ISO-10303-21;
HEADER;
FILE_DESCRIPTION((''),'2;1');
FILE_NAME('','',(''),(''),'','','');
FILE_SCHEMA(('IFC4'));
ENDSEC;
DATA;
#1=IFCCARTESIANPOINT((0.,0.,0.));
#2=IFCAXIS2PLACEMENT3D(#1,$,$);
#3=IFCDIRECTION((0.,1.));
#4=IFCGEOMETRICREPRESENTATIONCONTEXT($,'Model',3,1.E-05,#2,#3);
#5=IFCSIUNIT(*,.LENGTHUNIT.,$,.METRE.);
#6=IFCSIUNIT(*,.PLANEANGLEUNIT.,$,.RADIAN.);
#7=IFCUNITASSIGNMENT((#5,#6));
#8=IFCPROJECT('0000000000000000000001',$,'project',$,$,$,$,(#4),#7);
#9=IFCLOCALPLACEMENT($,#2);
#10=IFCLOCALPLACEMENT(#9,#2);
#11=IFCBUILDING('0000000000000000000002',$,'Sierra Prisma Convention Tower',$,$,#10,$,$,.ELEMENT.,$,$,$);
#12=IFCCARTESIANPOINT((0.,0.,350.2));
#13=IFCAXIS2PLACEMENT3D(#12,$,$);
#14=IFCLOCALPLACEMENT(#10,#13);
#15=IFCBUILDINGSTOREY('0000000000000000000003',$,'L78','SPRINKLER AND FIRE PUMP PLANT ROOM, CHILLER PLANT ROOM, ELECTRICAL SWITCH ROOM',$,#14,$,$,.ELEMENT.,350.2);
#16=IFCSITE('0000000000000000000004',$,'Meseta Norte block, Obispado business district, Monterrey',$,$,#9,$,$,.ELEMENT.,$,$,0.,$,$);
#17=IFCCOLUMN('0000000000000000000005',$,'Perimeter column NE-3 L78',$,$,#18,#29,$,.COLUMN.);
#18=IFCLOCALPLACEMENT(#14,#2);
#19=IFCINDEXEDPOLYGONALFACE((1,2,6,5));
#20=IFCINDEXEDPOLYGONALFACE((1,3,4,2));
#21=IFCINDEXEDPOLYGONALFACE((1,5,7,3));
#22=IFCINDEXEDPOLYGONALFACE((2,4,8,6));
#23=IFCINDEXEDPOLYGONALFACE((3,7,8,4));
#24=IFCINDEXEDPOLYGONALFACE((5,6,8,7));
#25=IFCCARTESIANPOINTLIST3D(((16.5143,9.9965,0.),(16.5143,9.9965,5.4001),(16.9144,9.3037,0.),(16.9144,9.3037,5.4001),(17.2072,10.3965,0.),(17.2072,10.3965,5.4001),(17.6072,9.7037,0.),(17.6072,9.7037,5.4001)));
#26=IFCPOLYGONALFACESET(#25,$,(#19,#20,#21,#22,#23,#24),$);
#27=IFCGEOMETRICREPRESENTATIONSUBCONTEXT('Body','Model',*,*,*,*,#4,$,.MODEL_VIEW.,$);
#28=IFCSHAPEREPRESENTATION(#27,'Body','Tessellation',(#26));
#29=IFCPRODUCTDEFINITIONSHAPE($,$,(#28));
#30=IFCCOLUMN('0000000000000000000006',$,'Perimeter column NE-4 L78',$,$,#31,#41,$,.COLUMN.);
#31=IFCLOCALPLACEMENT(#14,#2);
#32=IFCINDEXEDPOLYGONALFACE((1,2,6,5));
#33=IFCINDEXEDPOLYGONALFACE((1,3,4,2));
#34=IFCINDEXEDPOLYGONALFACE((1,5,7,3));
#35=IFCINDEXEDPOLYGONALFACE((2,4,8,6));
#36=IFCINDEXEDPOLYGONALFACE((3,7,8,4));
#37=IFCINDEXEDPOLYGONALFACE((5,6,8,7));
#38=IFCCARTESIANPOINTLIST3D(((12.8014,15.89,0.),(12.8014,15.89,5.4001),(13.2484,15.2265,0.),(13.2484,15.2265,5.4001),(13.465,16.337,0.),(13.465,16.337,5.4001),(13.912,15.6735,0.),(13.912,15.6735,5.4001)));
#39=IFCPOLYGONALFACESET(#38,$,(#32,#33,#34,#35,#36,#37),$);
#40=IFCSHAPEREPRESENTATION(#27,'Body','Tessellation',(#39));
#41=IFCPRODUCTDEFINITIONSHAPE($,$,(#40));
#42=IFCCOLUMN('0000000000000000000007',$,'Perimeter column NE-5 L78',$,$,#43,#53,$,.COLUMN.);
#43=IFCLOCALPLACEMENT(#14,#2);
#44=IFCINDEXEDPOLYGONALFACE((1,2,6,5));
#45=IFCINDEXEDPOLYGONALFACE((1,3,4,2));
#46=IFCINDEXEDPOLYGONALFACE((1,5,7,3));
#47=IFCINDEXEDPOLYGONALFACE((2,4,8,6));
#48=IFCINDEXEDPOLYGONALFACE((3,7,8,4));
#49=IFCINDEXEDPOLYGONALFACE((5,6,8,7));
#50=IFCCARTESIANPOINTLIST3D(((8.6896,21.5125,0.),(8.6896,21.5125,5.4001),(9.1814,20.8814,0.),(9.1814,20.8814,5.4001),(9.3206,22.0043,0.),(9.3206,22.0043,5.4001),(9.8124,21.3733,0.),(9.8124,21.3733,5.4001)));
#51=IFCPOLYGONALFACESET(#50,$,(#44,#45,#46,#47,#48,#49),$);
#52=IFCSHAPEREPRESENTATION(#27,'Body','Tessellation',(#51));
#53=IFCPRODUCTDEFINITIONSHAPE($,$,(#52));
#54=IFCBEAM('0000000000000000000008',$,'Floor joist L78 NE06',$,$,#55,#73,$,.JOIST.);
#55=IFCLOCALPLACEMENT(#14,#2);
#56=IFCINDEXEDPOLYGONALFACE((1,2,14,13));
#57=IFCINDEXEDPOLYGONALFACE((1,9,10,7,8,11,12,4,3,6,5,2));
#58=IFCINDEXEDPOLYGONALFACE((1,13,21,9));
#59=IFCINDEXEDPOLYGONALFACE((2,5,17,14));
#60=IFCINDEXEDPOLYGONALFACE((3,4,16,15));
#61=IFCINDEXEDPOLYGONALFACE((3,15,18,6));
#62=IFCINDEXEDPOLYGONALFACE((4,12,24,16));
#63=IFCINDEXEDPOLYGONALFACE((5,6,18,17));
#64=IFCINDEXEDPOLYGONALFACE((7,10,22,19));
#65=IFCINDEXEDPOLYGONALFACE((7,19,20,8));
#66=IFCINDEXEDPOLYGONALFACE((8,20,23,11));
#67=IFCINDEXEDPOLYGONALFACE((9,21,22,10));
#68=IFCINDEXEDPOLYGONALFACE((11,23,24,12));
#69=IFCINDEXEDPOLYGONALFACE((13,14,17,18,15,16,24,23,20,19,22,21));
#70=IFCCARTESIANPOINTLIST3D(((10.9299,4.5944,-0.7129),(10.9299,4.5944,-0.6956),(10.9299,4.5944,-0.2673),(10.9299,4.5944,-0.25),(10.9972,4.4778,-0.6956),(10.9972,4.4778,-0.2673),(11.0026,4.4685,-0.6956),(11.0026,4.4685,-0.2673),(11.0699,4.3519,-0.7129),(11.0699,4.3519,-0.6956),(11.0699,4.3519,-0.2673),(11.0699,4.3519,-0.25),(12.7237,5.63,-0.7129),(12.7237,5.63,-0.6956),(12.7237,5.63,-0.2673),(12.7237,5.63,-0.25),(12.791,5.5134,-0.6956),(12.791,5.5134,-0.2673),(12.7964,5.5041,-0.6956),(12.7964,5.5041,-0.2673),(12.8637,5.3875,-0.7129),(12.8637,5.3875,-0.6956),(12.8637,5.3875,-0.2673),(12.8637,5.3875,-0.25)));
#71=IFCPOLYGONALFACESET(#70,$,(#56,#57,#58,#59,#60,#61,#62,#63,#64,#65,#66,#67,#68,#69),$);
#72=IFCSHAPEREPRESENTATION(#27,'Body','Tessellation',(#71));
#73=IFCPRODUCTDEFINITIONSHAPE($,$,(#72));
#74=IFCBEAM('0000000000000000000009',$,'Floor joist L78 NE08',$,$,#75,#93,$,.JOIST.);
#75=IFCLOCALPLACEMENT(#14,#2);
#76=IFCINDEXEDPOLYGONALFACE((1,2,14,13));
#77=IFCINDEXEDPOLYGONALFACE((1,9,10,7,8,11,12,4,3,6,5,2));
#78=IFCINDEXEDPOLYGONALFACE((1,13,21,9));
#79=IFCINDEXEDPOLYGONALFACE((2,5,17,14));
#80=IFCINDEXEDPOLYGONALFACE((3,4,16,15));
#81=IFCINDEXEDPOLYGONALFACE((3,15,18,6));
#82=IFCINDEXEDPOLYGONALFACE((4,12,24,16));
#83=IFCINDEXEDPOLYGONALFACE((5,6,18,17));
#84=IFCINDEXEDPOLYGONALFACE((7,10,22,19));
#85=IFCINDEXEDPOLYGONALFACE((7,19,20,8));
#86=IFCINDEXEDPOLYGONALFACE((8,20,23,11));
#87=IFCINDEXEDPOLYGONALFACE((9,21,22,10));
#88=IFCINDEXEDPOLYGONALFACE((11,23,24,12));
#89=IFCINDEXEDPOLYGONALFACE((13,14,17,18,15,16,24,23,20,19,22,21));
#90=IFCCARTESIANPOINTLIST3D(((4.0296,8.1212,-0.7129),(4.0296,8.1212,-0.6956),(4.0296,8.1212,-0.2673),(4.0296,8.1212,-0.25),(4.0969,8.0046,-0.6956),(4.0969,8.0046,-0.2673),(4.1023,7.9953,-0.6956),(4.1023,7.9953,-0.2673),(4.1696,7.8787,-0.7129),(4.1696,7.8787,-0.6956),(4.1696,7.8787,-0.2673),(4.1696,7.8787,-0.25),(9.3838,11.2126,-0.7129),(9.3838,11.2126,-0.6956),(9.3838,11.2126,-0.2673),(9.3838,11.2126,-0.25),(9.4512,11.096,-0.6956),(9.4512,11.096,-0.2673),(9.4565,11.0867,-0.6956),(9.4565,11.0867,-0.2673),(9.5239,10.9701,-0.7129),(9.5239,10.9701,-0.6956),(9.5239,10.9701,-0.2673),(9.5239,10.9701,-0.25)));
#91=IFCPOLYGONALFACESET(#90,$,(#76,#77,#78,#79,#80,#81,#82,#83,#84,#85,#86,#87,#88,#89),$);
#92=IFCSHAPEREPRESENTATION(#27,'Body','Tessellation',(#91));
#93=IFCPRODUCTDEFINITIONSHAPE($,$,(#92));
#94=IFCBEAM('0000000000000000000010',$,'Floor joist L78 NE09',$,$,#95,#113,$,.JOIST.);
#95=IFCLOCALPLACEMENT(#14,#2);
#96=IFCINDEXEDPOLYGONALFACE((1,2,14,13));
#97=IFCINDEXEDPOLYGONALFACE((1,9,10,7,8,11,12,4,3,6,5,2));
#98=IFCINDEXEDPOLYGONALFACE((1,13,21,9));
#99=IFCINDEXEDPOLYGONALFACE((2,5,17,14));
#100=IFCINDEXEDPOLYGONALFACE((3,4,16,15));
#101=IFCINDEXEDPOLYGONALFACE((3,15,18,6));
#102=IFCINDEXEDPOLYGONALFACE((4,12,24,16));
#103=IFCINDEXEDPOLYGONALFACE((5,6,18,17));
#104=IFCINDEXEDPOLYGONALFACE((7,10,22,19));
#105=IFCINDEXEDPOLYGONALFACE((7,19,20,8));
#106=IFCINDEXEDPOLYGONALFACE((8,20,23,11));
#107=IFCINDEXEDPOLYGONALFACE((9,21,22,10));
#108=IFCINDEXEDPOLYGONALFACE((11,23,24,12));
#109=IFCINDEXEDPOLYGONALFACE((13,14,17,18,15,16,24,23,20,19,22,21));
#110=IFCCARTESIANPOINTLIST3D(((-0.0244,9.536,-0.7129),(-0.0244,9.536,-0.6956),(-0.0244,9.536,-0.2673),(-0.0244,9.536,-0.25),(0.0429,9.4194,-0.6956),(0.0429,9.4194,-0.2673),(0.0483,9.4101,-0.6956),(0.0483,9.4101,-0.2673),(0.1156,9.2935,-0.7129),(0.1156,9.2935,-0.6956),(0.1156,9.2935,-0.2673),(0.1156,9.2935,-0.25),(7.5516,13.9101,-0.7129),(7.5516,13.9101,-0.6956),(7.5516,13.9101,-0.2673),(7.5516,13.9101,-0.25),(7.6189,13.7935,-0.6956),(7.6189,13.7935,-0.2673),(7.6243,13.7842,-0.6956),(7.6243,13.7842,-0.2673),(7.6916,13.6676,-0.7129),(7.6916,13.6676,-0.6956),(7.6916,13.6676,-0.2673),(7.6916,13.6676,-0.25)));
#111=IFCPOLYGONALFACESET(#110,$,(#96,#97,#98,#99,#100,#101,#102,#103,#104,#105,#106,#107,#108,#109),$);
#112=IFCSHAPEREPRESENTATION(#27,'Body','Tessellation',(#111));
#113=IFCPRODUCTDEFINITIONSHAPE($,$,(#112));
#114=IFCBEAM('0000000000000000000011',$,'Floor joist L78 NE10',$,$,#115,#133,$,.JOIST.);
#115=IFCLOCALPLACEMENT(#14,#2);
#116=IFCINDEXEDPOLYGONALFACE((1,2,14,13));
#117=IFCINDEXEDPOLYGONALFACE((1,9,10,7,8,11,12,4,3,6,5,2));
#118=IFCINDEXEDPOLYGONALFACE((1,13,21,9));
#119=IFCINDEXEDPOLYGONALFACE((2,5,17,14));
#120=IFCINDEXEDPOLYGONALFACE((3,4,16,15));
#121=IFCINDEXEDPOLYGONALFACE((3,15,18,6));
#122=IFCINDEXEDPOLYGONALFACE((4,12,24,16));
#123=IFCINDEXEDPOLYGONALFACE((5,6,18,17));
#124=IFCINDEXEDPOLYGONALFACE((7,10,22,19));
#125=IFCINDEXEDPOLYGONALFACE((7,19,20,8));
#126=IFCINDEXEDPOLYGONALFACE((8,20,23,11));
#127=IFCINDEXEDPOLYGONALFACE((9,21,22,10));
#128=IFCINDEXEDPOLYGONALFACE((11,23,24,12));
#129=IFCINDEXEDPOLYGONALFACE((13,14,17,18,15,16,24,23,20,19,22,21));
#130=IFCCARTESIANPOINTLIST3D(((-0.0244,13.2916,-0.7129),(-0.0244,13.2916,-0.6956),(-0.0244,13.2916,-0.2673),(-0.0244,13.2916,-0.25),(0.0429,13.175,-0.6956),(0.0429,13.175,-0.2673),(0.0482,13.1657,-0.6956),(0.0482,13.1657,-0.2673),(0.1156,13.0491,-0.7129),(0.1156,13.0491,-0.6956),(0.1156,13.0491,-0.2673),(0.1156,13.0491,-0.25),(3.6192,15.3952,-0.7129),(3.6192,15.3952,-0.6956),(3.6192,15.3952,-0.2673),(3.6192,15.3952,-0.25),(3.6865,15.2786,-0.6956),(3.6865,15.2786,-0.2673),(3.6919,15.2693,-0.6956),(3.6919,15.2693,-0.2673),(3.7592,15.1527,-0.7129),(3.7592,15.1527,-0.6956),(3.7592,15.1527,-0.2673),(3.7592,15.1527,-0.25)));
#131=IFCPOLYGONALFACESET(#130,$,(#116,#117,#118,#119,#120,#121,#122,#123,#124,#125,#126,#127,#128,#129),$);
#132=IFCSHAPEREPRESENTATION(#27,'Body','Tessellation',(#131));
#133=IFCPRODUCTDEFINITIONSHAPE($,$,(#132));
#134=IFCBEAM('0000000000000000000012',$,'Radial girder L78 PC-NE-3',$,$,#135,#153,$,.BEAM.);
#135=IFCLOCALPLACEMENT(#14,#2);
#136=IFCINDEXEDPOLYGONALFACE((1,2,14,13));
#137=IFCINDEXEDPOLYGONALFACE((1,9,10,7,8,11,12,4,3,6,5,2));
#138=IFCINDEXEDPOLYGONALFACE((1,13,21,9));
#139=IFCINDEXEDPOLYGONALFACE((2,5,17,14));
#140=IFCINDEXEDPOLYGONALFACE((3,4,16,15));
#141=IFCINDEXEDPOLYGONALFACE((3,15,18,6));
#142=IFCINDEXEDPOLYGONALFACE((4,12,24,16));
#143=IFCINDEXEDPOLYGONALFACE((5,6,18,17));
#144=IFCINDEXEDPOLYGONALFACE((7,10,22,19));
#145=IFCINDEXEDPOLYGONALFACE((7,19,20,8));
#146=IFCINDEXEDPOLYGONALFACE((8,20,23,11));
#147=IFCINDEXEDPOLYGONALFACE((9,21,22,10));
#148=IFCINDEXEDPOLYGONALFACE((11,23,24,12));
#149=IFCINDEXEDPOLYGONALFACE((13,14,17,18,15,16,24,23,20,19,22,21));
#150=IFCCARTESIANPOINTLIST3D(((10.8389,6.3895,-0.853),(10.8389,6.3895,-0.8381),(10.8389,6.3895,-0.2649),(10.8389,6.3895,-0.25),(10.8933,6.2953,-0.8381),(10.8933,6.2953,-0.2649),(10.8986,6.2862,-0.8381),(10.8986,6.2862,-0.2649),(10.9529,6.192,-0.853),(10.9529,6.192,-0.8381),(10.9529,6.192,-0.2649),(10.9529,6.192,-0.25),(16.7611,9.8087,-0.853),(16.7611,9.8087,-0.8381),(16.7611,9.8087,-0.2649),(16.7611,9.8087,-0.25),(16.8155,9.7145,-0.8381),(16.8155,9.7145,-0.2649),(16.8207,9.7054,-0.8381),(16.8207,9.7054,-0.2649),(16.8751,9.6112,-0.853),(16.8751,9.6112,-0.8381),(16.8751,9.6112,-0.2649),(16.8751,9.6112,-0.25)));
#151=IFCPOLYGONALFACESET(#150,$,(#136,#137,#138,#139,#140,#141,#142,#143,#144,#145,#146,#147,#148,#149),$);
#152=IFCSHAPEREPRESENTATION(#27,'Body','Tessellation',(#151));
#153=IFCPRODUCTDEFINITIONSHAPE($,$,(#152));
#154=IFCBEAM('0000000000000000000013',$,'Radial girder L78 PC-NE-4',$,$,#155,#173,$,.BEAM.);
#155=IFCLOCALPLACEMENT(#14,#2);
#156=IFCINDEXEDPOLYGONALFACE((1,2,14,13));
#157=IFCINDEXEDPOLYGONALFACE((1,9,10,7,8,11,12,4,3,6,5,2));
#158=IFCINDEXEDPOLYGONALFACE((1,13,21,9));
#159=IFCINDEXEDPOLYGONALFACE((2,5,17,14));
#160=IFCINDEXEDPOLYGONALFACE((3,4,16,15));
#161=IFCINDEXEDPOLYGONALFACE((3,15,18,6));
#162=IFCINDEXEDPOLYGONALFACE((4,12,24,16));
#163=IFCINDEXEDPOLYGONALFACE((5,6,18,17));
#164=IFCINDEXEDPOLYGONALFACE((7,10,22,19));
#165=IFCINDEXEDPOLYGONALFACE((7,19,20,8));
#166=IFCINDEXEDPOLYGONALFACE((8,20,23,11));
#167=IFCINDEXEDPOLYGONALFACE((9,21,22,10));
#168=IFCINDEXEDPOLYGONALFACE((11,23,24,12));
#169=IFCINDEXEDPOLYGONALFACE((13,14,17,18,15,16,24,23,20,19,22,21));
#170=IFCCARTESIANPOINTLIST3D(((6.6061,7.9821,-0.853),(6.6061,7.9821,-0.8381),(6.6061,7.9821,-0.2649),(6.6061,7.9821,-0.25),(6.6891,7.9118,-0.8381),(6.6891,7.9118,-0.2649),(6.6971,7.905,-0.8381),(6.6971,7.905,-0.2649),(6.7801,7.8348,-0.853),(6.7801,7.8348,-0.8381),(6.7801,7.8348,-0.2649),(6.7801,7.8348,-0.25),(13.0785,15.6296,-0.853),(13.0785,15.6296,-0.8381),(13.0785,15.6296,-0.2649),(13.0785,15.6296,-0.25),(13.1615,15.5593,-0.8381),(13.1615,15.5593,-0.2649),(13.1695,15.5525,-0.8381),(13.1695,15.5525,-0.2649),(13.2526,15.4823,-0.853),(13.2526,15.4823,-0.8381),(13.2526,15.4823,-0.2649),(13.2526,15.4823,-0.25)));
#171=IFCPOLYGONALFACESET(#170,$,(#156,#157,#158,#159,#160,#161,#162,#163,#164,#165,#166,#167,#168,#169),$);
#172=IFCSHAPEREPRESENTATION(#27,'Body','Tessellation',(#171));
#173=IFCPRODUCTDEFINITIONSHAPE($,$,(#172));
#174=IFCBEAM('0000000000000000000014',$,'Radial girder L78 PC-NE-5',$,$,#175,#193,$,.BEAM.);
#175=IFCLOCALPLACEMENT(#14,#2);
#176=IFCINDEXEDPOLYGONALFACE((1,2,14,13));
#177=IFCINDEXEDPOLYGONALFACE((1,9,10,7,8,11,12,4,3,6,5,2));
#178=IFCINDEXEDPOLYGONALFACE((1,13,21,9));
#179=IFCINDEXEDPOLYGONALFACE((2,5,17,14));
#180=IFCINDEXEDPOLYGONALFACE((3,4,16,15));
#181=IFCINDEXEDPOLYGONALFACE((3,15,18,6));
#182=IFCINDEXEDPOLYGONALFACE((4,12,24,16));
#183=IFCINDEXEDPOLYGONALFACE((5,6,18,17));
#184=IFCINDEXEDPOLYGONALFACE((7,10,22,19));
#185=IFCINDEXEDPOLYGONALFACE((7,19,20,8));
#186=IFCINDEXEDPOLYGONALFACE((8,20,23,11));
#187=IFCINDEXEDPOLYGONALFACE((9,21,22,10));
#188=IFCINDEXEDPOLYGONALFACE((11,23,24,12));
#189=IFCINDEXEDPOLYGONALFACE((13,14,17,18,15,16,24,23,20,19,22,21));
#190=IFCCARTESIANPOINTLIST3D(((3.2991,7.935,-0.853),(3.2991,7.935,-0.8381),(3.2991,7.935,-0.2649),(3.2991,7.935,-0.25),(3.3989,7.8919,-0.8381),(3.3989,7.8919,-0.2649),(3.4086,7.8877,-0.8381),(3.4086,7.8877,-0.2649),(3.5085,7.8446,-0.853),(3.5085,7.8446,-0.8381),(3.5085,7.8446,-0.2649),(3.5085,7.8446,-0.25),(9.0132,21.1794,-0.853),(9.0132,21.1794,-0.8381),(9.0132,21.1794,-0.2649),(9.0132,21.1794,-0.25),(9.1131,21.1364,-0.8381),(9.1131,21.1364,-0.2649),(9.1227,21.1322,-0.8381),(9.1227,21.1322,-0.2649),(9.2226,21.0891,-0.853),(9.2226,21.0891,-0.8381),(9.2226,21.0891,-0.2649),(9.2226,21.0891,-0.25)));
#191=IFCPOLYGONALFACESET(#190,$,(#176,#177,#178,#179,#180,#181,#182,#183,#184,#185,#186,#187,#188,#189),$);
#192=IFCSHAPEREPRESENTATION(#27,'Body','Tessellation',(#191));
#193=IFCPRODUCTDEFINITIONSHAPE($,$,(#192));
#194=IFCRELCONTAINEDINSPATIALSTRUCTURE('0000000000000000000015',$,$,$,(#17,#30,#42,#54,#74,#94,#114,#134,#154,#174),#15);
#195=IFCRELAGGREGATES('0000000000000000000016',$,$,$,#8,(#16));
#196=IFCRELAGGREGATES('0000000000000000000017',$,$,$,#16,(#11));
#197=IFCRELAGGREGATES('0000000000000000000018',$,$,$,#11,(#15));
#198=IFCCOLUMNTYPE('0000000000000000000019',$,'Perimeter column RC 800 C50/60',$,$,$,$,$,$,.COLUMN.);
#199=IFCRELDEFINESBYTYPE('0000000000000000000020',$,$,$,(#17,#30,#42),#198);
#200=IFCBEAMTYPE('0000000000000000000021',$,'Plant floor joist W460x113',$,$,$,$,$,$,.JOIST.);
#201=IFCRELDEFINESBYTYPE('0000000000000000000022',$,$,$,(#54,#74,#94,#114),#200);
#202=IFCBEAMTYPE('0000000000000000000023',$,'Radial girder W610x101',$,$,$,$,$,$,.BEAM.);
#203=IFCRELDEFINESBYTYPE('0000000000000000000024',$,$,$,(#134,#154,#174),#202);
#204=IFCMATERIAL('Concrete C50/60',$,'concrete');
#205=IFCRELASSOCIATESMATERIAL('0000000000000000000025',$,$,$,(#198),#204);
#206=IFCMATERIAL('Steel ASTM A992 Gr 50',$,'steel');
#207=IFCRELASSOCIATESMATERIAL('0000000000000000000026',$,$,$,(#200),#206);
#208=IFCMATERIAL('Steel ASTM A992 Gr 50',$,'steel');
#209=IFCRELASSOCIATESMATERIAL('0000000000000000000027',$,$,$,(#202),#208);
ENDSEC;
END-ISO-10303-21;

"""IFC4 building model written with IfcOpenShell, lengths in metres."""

from ifc_helpers import new_model, si_unit, direction, frame, origin, origin_2d, place, context, subcontext, project, spatial, rectangle, i_section, extrude, material, material_profile, profile_set, type_object, element, save


model = new_model("IFC4")

# Units and contexts
model_context = context("Model", 3, precision=1e-05, world=origin(), true_north=direction((0.0, 1.0)))
body_context = subcontext(model_context, "Body", "Model", "MODEL_VIEW")
ifc_project = project(units=[si_unit("LENGTHUNIT", "METRE"), si_unit("PLANEANGLEUNIT", "RADIAN")], contexts=[model_context])

# Site, building, storey
site_placement = place(None, origin())
site = spatial("IfcSite", under=ifc_project, at=site_placement, Name="Meseta Norte block, Obispado business district, Monterrey", CompositionType="ELEMENT", RefElevation=0.0)
building_placement = place(site_placement, origin())
building = spatial("IfcBuilding", under=site, at=building_placement, Name="Sierra Prisma Convention Tower", CompositionType="ELEMENT")
storey_placement = place(building_placement, frame((0.0, 0.0, 350.2)))
storey = spatial("IfcBuildingStorey", under=building, at=storey_placement, Name="L78", Description="SPRINKLER AND FIRE PUMP PLANT ROOM, CHILLER PLANT ROOM, ELECTRICAL SWITCH ROOM", CompositionType="ELEMENT", Elevation=350.2)

# Columns
ifc_material_1 = material(Name="Concrete C50/60", Category="concrete")
ifc_material_profile_1 = material_profile(ifc_material_1, rectangle(XDim=0.8, YDim=0.8, at=origin_2d()), Name="Perimeter column RC 800 C50/60")
ifc_profile_set_1 = profile_set([ifc_material_profile_1], Name="Concrete C50/60")
column_type = type_object("IfcColumnType", Name="Perimeter column RC 800 C50/60", PredefinedType="COLUMN", material=ifc_profile_set_1)
for number, where, z_axis, x_axis, name in (
    (1, (17.0608, 9.8501, 0.0), (0.0, 0.0, 1.0), (-0.5, 0.866025, 0.0), "Perimeter column NE-3 L78"),
    (2, (13.3567, 15.7817, 0.0), (0.0, 0.0, 1.0), (-0.55871, 0.829363, 0.0), "Perimeter column NE-4 L78"),
    (3, (9.251, 21.4429, 0.0), (0.0, 0.0, 1.0), (-0.614744, 0.788727, 0.0), "Perimeter column NE-5 L78"),
):
    element("IfcColumn", number, at=place(storey_placement, frame(where, z_axis=z_axis, x_axis=x_axis)), inside=storey, type_object=column_type, Name=name, PredefinedType="COLUMN", context=body_context, shape_type="SweptSolid", body=[
        extrude(rectangle(XDim=0.8, YDim=0.8, at=origin_2d()), origin(), (0.0, 0.0, 1.0), 5.4001),
    ])

# Beams
ifc_material_2 = material(Name="Steel ASTM A992 Gr 50", Category="steel")
ifc_material_profile_2 = material_profile(ifc_material_2, i_section(OverallWidth=0.28, OverallDepth=0.4629, WebThickness=0.0107, FlangeThickness=0.0173, at=origin_2d()), Name="W460x113")
ifc_profile_set_2 = profile_set([ifc_material_profile_2], Name="Steel ASTM A992 Gr 50")
beam_type_1 = type_object("IfcBeamType", Name="Plant floor joist W460x113", PredefinedType="JOIST", material=ifc_profile_set_2)
beam_1_placement = place(storey_placement, frame((12.7937, 5.5088, -0.4814), z_axis=(-0.866015, -0.500018, 0.0), x_axis=(0.500018, -0.866015, 0.0)))
element("IfcBeam", 4, at=beam_1_placement, inside=storey, type_object=beam_type_1, Name="Floor joist L78 NE06", PredefinedType="JOIST", context=body_context, shape_type="SweptSolid", body=[
    extrude(i_section(OverallWidth=0.28, OverallDepth=0.4629, WebThickness=0.0107, FlangeThickness=0.0173, at=origin_2d()), origin(), (0.0, 0.0, 1.0), 2.0713),
])
beam_2_placement = place(storey_placement, frame((9.4539, 11.0913, -0.4814), z_axis=(-0.866023, -0.500004, 0.0), x_axis=(0.500004, -0.866023, 0.0)))
element("IfcBeam", 5, at=beam_2_placement, inside=storey, type_object=beam_type_1, Name="Floor joist L78 NE08", PredefinedType="JOIST", context=body_context, shape_type="SweptSolid", body=[
    extrude(i_section(OverallWidth=0.28, OverallDepth=0.4629, WebThickness=0.0107, FlangeThickness=0.0173, at=origin_2d()), origin(), (0.0, 0.0, 1.0), 6.1826),
])
beam_3_placement = place(storey_placement, frame((7.6216, 13.7888, -0.4814), z_axis=(-0.866022, -0.500005, 0.0), x_axis=(0.500005, -0.866022, 0.0)))
element("IfcBeam", 6, at=beam_3_placement, inside=storey, type_object=beam_type_1, Name="Floor joist L78 NE09", PredefinedType="JOIST", context=body_context, shape_type="SweptSolid", body=[
    extrude(i_section(OverallWidth=0.28, OverallDepth=0.4629, WebThickness=0.0107, FlangeThickness=0.0173, at=origin_2d()), origin(), (0.0, 0.0, 1.0), 8.748),
])
beam_4_placement = place(storey_placement, frame((3.6892, 15.2739, -0.4814), z_axis=(-0.866035, -0.499984, 0.0), x_axis=(0.499984, -0.866035, 0.0)))
element("IfcBeam", 7, at=beam_4_placement, inside=storey, type_object=beam_type_1, Name="Floor joist L78 NE10", PredefinedType="JOIST", context=body_context, shape_type="SweptSolid", body=[
    extrude(i_section(OverallWidth=0.28, OverallDepth=0.4629, WebThickness=0.0107, FlangeThickness=0.0173, at=origin_2d()), origin(), (0.0, 0.0, 1.0), 4.2073),
])
ifc_material_3 = material(Name="Steel ASTM A992 Gr 50", Category="steel")
ifc_material_profile_3 = material_profile(ifc_material_3, i_section(OverallWidth=0.228, OverallDepth=0.603, WebThickness=0.0105, FlangeThickness=0.0149, at=origin_2d()), Name="W610x101")
ifc_profile_set_3 = profile_set([ifc_material_profile_3], Name="Steel ASTM A992 Gr 50")
beam_type_2 = type_object("IfcBeamType", Name="Radial girder W610x101", PredefinedType="BEAM", material=ifc_profile_set_3)
beam_5_placement = place(storey_placement, frame((16.8181, 9.71, -0.5515), z_axis=(-0.866022, -0.500006, 0.0), x_axis=(0.500006, -0.866022, 0.0)))
element("IfcBeam", 8, at=beam_5_placement, inside=storey, type_object=beam_type_2, Name="Radial girder L78 PC-NE-3", PredefinedType="BEAM", context=body_context, shape_type="SweptSolid", body=[
    extrude(i_section(OverallWidth=0.228, OverallDepth=0.603, WebThickness=0.0105, FlangeThickness=0.0149, at=origin_2d()), origin(), (0.0, 0.0, 1.0), 6.8384),
])
beam_6_placement = place(storey_placement, frame((13.1655, 15.5559, -0.5515), z_axis=(-0.646029, -0.763313, 0.0), x_axis=(0.763313, -0.646029, 0.0)))
element("IfcBeam", 9, at=beam_6_placement, inside=storey, type_object=beam_type_2, Name="Radial girder L78 PC-NE-4", PredefinedType="BEAM", context=body_context, shape_type="SweptSolid", body=[
    extrude(i_section(OverallWidth=0.228, OverallDepth=0.603, WebThickness=0.0105, FlangeThickness=0.0149, at=origin_2d()), origin(), (0.0, 0.0, 1.0), 10.0188),
])
beam_7_placement = place(storey_placement, frame((9.1179, 21.1343, -0.5515), z_axis=(-0.396141, -0.91819, 0.0), x_axis=(0.91819, -0.396141, 0.0)))
element("IfcBeam", 10, at=beam_7_placement, inside=storey, type_object=beam_type_2, Name="Radial girder L78 PC-NE-5", PredefinedType="BEAM", context=body_context, shape_type="SweptSolid", body=[
    extrude(i_section(OverallWidth=0.228, OverallDepth=0.603, WebThickness=0.0105, FlangeThickness=0.0149, at=origin_2d()), origin(), (0.0, 0.0, 1.0), 14.4246),
])

save(model, "model.ifc")
